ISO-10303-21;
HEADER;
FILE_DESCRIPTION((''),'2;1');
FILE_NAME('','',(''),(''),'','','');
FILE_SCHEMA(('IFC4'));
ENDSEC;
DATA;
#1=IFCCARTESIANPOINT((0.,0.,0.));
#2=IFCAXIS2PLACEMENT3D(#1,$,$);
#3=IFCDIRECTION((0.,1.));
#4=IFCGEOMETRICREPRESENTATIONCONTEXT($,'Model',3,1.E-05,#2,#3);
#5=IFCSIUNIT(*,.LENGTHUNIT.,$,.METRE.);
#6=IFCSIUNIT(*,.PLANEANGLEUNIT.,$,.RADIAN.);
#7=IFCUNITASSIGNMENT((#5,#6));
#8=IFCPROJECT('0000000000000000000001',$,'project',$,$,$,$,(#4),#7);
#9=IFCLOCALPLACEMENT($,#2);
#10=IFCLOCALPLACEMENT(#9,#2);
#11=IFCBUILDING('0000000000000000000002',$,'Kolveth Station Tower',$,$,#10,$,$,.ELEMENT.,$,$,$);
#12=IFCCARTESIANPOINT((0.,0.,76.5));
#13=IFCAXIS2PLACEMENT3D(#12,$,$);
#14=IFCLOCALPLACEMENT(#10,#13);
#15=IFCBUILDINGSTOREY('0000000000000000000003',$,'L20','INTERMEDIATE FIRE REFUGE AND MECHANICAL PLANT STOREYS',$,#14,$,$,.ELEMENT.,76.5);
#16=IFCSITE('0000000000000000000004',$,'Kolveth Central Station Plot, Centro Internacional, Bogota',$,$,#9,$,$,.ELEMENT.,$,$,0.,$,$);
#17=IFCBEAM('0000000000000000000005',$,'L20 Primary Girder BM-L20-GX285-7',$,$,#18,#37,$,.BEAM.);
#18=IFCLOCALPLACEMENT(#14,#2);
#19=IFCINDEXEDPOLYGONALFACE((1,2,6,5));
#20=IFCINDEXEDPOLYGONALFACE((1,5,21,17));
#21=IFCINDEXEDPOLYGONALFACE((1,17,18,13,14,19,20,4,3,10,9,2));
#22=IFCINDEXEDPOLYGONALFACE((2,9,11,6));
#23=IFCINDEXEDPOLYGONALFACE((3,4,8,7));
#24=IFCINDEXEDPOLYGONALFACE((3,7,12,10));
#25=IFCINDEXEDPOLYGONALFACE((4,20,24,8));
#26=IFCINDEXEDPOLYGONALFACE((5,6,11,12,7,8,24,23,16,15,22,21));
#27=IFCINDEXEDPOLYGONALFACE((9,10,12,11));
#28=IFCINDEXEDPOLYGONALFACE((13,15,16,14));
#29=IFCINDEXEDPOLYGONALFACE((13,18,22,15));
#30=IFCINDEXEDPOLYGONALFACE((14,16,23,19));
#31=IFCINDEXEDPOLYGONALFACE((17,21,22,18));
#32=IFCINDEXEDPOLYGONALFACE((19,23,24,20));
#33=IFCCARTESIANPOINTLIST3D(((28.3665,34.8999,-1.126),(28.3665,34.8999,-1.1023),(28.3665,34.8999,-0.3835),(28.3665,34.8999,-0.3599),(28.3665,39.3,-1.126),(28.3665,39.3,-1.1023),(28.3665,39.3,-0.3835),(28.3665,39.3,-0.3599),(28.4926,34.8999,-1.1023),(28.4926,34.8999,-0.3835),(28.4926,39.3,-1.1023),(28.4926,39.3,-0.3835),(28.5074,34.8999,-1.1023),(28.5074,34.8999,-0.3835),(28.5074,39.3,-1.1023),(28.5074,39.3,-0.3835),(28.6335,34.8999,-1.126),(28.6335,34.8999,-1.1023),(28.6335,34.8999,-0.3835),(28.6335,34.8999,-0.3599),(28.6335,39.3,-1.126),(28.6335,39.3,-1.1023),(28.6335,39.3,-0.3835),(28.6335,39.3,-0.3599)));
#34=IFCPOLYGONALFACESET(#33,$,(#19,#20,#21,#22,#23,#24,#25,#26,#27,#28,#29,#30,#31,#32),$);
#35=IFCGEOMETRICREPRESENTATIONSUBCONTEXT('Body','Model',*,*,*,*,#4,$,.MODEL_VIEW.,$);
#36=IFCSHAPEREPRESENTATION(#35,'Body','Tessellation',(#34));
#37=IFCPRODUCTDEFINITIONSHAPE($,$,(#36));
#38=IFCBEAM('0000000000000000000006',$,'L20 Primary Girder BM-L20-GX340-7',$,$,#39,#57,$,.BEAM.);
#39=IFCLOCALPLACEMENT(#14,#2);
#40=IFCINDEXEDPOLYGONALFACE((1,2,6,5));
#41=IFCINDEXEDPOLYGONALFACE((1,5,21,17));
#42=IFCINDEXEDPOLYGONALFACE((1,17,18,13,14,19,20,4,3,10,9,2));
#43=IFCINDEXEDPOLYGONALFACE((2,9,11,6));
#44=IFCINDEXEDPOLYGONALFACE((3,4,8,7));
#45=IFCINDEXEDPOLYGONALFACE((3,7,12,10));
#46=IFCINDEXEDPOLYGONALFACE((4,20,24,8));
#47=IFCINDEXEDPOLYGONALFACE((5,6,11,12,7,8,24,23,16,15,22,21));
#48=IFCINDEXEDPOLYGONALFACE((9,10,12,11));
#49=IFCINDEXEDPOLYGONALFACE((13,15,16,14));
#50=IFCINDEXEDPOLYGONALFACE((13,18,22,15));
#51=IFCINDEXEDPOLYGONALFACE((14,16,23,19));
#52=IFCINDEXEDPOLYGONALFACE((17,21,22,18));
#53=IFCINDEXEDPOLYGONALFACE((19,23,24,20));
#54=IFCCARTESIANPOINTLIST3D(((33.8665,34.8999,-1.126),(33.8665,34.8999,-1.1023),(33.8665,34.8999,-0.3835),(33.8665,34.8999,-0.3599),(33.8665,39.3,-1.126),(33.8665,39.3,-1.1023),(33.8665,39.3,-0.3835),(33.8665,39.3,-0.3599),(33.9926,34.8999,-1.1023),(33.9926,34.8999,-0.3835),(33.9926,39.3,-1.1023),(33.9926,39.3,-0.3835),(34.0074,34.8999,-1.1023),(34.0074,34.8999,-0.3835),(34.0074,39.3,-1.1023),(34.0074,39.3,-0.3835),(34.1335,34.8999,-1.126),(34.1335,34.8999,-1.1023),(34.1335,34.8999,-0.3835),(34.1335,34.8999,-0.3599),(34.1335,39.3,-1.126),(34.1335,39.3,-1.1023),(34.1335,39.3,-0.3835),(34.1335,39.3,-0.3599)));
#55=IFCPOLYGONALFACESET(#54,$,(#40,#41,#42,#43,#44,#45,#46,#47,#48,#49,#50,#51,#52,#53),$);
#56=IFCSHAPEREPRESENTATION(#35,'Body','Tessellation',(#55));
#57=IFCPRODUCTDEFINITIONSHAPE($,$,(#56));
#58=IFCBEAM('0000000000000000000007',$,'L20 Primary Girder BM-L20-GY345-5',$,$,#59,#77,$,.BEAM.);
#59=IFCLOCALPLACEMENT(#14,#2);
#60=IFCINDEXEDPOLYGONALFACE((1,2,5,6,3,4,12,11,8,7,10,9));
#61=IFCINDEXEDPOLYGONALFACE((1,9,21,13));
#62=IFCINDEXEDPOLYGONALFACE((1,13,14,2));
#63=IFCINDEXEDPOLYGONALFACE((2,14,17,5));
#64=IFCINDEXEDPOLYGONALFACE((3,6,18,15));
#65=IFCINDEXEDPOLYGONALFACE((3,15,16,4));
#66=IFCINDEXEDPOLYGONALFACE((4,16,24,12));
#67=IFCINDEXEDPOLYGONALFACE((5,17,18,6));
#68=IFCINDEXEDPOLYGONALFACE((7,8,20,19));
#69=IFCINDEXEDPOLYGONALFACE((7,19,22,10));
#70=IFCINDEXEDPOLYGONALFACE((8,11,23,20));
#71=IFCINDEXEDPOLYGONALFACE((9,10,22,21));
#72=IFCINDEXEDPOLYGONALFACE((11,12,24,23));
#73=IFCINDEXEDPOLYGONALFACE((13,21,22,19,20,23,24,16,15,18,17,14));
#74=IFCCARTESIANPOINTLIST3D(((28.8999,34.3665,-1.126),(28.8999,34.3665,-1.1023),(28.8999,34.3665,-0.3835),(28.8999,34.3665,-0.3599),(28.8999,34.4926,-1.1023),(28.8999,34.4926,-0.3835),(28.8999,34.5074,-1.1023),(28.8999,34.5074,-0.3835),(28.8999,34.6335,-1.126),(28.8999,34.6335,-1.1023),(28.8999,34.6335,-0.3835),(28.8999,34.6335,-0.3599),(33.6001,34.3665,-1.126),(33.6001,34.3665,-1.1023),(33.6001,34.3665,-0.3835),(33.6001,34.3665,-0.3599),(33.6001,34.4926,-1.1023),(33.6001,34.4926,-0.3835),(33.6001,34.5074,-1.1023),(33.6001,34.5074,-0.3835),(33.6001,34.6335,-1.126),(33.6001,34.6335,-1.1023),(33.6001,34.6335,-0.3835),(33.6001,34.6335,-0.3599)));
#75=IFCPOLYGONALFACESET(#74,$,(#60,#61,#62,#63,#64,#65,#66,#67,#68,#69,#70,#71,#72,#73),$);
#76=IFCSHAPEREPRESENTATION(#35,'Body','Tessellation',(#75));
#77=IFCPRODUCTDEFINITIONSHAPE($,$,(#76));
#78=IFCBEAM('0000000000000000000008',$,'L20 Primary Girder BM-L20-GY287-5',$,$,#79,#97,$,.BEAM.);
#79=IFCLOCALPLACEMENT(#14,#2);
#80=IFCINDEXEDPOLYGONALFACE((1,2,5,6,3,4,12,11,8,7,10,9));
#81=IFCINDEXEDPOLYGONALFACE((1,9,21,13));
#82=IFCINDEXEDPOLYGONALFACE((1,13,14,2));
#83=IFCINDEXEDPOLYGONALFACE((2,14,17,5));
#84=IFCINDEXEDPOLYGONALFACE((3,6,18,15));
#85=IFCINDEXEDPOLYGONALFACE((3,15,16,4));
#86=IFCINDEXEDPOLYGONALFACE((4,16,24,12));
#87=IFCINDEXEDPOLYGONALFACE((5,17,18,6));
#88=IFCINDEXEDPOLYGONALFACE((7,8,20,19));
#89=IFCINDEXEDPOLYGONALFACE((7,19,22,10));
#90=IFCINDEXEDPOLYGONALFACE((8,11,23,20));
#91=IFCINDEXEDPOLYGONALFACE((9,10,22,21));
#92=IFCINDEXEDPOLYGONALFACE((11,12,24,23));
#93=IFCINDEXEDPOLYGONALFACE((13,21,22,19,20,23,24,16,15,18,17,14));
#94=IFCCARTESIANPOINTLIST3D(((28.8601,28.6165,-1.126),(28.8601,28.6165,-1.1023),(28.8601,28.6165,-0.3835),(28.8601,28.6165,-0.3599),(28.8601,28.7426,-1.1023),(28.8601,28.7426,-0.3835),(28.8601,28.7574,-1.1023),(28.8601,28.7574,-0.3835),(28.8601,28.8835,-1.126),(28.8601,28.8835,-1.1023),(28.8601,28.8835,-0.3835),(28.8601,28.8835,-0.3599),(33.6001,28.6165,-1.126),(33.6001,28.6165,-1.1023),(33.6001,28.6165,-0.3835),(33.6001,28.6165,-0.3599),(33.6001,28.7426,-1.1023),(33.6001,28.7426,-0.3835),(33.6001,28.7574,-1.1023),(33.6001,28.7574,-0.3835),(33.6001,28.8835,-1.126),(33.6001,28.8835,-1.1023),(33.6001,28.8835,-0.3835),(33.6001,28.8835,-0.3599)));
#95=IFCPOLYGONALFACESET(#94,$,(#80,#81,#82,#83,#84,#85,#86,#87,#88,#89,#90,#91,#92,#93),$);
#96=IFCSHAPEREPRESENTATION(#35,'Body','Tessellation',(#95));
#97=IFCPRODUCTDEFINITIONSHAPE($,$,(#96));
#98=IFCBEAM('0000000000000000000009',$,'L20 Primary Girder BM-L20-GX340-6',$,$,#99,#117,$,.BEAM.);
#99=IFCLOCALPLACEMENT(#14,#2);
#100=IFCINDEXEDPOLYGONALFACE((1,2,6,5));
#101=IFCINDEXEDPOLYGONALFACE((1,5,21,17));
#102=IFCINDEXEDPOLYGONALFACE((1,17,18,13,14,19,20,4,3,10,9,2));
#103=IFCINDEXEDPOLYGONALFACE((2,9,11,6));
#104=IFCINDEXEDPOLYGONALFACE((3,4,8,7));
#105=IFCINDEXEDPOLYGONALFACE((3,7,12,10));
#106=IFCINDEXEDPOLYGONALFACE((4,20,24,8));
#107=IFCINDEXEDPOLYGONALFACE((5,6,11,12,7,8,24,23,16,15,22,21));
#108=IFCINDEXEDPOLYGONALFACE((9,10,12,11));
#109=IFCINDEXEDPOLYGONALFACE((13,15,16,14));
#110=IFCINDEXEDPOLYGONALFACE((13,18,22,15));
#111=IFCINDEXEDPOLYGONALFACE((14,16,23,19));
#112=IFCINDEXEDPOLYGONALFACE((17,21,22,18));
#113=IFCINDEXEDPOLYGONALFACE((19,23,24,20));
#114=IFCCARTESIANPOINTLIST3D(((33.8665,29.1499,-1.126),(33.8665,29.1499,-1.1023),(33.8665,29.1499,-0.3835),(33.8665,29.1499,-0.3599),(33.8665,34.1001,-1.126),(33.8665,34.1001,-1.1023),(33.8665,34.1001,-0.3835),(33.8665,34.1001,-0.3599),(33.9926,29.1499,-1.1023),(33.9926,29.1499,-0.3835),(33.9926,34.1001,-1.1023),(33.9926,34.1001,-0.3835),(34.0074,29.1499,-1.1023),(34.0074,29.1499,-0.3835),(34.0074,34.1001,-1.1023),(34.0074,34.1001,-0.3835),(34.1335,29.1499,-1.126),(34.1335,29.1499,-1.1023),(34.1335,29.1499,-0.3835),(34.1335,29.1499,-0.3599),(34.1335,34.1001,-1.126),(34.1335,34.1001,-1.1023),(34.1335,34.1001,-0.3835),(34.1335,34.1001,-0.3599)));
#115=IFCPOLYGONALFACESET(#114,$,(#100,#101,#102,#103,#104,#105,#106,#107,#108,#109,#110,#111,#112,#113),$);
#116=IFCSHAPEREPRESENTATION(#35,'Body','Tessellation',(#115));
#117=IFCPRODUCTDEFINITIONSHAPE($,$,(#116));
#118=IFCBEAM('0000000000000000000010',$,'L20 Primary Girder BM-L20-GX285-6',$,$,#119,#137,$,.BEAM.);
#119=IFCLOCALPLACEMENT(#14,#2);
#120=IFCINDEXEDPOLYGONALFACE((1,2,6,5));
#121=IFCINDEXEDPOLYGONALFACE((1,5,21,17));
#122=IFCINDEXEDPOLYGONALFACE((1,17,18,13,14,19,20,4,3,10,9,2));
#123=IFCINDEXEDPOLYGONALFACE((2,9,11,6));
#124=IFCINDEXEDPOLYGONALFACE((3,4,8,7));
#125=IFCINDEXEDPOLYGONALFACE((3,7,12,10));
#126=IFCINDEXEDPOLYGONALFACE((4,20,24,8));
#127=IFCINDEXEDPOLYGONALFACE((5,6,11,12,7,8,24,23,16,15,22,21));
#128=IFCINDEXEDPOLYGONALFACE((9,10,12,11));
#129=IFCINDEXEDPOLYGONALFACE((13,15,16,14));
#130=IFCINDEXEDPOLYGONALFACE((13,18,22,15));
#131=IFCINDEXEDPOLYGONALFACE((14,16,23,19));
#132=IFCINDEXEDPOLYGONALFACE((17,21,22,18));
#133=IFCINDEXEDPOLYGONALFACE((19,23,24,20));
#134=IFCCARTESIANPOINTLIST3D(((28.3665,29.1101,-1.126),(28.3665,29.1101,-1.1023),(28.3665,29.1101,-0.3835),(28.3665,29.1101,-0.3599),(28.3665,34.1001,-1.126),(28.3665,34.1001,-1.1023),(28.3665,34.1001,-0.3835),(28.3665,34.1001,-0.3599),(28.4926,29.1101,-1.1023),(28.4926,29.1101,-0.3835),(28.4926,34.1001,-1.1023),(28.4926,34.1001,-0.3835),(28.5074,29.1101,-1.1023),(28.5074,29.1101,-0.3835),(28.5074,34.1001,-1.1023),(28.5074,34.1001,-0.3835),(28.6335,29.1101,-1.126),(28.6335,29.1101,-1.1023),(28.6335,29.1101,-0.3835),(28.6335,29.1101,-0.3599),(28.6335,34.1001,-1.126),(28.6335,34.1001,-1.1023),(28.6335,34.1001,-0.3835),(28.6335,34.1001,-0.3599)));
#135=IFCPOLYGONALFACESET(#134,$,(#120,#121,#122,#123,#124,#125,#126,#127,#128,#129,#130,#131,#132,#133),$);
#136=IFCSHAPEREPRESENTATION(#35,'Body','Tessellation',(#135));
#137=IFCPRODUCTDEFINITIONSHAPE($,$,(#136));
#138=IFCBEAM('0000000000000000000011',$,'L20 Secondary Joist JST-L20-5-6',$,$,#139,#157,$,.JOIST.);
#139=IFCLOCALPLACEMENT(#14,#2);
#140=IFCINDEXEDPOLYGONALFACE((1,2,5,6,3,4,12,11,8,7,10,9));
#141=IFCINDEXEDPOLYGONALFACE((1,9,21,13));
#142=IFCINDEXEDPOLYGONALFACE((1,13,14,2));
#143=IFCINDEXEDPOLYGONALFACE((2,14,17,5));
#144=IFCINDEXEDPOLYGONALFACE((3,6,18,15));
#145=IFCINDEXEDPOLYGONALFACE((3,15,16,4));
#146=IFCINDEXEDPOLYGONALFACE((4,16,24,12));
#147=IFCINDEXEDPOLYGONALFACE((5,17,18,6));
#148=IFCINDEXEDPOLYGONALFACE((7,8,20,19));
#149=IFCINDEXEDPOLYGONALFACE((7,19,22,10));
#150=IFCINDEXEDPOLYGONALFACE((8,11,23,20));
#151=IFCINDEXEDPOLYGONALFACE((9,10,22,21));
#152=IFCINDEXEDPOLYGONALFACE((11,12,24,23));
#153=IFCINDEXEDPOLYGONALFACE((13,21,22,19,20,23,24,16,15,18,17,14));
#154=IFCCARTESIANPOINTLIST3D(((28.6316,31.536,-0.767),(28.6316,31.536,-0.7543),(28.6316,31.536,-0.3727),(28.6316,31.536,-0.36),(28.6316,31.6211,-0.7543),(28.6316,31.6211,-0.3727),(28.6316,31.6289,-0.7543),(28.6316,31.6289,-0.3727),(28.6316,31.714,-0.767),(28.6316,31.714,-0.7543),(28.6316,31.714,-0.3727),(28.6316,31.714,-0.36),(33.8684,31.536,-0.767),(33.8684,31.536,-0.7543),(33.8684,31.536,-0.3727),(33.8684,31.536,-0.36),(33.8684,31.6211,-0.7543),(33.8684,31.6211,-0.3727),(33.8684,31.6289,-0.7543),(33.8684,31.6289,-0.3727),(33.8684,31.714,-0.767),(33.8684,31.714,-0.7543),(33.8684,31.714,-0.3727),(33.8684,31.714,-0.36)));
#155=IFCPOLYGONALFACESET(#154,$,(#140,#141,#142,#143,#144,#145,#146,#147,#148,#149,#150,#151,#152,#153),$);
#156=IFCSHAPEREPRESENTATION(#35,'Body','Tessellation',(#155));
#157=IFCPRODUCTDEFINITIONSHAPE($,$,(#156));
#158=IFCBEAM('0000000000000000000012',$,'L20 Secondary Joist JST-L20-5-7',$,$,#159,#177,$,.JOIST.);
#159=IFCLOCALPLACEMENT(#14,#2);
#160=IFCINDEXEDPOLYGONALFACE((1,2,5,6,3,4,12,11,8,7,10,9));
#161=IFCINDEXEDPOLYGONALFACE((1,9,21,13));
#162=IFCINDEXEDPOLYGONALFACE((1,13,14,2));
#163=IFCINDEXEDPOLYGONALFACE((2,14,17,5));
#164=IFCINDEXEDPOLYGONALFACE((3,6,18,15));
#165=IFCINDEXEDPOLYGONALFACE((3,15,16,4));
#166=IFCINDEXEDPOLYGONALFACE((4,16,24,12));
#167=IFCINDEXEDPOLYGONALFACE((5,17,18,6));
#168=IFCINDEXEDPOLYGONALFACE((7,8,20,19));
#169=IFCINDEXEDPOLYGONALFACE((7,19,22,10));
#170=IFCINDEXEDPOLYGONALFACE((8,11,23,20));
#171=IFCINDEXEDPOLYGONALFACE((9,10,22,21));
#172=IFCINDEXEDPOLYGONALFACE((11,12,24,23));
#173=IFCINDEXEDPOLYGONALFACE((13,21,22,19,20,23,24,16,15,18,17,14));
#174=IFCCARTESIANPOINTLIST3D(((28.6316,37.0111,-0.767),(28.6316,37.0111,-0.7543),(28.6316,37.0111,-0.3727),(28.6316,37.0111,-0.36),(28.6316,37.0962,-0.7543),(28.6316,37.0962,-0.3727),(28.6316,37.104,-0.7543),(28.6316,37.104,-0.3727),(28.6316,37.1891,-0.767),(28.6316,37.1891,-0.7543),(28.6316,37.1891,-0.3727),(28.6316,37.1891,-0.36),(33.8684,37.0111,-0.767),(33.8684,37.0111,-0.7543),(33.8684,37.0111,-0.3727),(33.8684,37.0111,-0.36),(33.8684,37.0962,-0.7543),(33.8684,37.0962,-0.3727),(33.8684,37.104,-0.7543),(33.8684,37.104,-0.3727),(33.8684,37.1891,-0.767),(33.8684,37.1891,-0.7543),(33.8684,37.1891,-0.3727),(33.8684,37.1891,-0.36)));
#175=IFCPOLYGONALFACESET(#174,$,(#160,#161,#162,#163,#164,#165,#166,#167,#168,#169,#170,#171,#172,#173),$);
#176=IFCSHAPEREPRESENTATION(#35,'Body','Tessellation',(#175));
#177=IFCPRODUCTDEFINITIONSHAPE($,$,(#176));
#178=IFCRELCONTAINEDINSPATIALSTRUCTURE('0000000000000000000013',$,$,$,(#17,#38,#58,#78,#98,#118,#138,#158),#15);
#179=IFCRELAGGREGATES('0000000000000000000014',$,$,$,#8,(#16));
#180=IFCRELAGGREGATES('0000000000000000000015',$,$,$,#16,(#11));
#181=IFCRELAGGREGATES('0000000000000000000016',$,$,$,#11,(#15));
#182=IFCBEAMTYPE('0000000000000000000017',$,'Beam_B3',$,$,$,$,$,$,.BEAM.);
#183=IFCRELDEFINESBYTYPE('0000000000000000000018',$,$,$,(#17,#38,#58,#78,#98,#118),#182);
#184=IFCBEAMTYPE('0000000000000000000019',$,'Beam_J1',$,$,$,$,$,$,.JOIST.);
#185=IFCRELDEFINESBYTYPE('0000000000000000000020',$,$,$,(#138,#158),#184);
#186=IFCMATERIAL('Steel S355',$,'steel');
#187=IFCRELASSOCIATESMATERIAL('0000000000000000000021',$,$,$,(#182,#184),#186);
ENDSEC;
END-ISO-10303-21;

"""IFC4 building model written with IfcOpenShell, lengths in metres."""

from ifc_helpers import new_model, si_unit, direction, frame, origin, origin_2d, place, context, subcontext, project, spatial, i_section, extrude, source, transform, mapped, material, material_profile, profile_set, type_object, element, save


model = new_model("IFC4")

# Units and contexts
model_context = context("Model", 3, precision=1e-05, world=origin(), true_north=direction((0.0, 1.0)))
body_context = subcontext(model_context, "Body", "Model", "MODEL_VIEW")
ifc_project = project(units=[si_unit("LENGTHUNIT", "METRE"), si_unit("PLANEANGLEUNIT", "RADIAN")], contexts=[model_context])

# Site, building, storey
site_placement = place(None, origin())
site = spatial("IfcSite", under=ifc_project, at=site_placement, Name="Kolveth Central Station Plot, Centro Internacional, Bogota", CompositionType="ELEMENT", RefElevation=0.0)
building_placement = place(site_placement, origin())
building = spatial("IfcBuilding", under=site, at=building_placement, Name="Kolveth Station Tower", CompositionType="ELEMENT")
storey_placement = place(building_placement, frame((0.0, 0.0, 76.5)))
storey = spatial("IfcBuildingStorey", under=building, at=storey_placement, Name="L20", Description="INTERMEDIATE FIRE REFUGE AND MECHANICAL PLANT STOREYS", CompositionType="ELEMENT", Elevation=76.5)

# Shared definitions
ifc_material_1 = material(Name="Steel S355", Category="steel")

# Beams
ifc_material_profile_1 = material_profile(ifc_material_1, i_section(OverallWidth=0.2671, OverallDepth=0.7661, WebThickness=0.0149, FlangeThickness=0.0237, at=origin_2d()), Name="W760x185")
ifc_profile_set_1 = profile_set([ifc_material_profile_1], Name="Steel S355")
beam_type_1 = type_object("IfcBeamType", Name="Beam_B3", PredefinedType="BEAM", material=ifc_profile_set_1)
shared_shape_1 = source(origin(), body_context, "Body", "SweptSolid", [
    extrude(i_section(OverallWidth=0.2671, OverallDepth=0.7661, WebThickness=0.0149, FlangeThickness=0.0237, at=origin_2d()), origin(), (0.0, 0.0, 1.0), 4.4001),
])
for number, where, z_axis, x_axis, name in (
    (1, (28.5, 34.8999, -0.7429), (0.0, 1.0, 0.0), (-1.0, 0.0, 0.0), "L20 Primary Girder BM-L20-GX285-7"),
    (2, (34.0, 34.8999, -0.7429), (0.0, 1.0, 0.0), (-1.0, 0.0, 0.0), "L20 Primary Girder BM-L20-GX340-7"),
):
    element("IfcBeam", number, at=place(storey_placement, frame(where, z_axis=z_axis, x_axis=x_axis)), inside=storey, type_object=beam_type_1, Name=name, PredefinedType="BEAM", context=body_context, shape_type="MappedRepresentation", body=[
        mapped(shared_shape_1, transform((0.0, 0.0, 0.0), x_axis=(1.0, 0.0, 0.0), y_axis=(0.0, 1.0, 0.0), z_axis=(0.0, 0.0, 1.0), scale=1.0)),
    ])
shared_shape_2 = source(origin(), body_context, "Body", "SweptSolid", [
    extrude(i_section(OverallWidth=0.2671, OverallDepth=0.7661, WebThickness=0.0149, FlangeThickness=0.0237, at=origin_2d()), origin(), (0.0, 0.0, 1.0), 4.7002),
])
beam_1_placement = place(storey_placement, frame((28.8999, 34.5, -0.7429), z_axis=(1.0, 0.0, 0.0), x_axis=(0.0, 1.0, 0.0)))
element("IfcBeam", 3, at=beam_1_placement, inside=storey, type_object=beam_type_1, Name="L20 Primary Girder BM-L20-GY345-5", PredefinedType="BEAM", context=body_context, shape_type="MappedRepresentation", body=[
    mapped(shared_shape_2, transform((0.0, 0.0, 0.0), x_axis=(1.0, 0.0, 0.0), y_axis=(0.0, 1.0, 0.0), z_axis=(0.0, 0.0, 1.0), scale=1.0)),
])
shared_shape_3 = source(origin(), body_context, "Body", "SweptSolid", [
    extrude(i_section(OverallWidth=0.2671, OverallDepth=0.7661, WebThickness=0.0149, FlangeThickness=0.0237, at=origin_2d()), origin(), (0.0, 0.0, 1.0), 4.74),
])
beam_2_placement = place(storey_placement, frame((28.8601, 28.75, -0.7429), z_axis=(1.0, 0.0, 0.0), x_axis=(0.0, 1.0, 0.0)))
element("IfcBeam", 4, at=beam_2_placement, inside=storey, type_object=beam_type_1, Name="L20 Primary Girder BM-L20-GY287-5", PredefinedType="BEAM", context=body_context, shape_type="MappedRepresentation", body=[
    mapped(shared_shape_3, transform((0.0, 0.0, 0.0), x_axis=(1.0, 0.0, 0.0), y_axis=(0.0, 1.0, 0.0), z_axis=(0.0, 0.0, 1.0), scale=1.0)),
])
shared_shape_4 = source(origin(), body_context, "Body", "SweptSolid", [
    extrude(i_section(OverallWidth=0.2671, OverallDepth=0.7661, WebThickness=0.0149, FlangeThickness=0.0237, at=origin_2d()), origin(), (0.0, 0.0, 1.0), 4.9502),
])
beam_3_placement = place(storey_placement, frame((34.0, 29.1499, -0.7429), z_axis=(0.0, 1.0, 0.0), x_axis=(-1.0, 0.0, 0.0)))
element("IfcBeam", 5, at=beam_3_placement, inside=storey, type_object=beam_type_1, Name="L20 Primary Girder BM-L20-GX340-6", PredefinedType="BEAM", context=body_context, shape_type="MappedRepresentation", body=[
    mapped(shared_shape_4, transform((0.0, 0.0, 0.0), x_axis=(1.0, 0.0, 0.0), y_axis=(0.0, 1.0, 0.0), z_axis=(0.0, 0.0, 1.0), scale=1.0)),
])
shared_shape_5 = source(origin(), body_context, "Body", "SweptSolid", [
    extrude(i_section(OverallWidth=0.2671, OverallDepth=0.7661, WebThickness=0.0149, FlangeThickness=0.0237, at=origin_2d()), origin(), (0.0, 0.0, 1.0), 4.99),
])
beam_4_placement = place(storey_placement, frame((28.5, 29.1101, -0.7429), z_axis=(0.0, 1.0, 0.0), x_axis=(-1.0, 0.0, 0.0)))
element("IfcBeam", 6, at=beam_4_placement, inside=storey, type_object=beam_type_1, Name="L20 Primary Girder BM-L20-GX285-6", PredefinedType="BEAM", context=body_context, shape_type="MappedRepresentation", body=[
    mapped(shared_shape_5, transform((0.0, 0.0, 0.0), x_axis=(1.0, 0.0, 0.0), y_axis=(0.0, 1.0, 0.0), z_axis=(0.0, 0.0, 1.0), scale=1.0)),
])
ifc_material_profile_2 = material_profile(ifc_material_1, i_section(OverallWidth=0.178, OverallDepth=0.407, WebThickness=0.0078, FlangeThickness=0.0127, at=origin_2d()), Name="W410x60")
ifc_profile_set_2 = profile_set([ifc_material_profile_2], Name="Steel S355")
beam_type_2 = type_object("IfcBeamType", Name="Beam_J1", PredefinedType="JOIST", material=ifc_profile_set_2)
shared_shape_6 = source(origin(), body_context, "Body", "SweptSolid", [
    extrude(i_section(OverallWidth=0.178, OverallDepth=0.407, WebThickness=0.0078, FlangeThickness=0.0127, at=origin_2d()), origin(), (0.0, 0.0, 1.0), 5.2368),
])
for number, where, z_axis, x_axis, name in (
    (7, (28.6316, 31.625, -0.5635), (1.0, 0.0, 0.0), (0.0, 1.0, 0.0), "L20 Secondary Joist JST-L20-5-6"),
    (8, (28.6316, 37.1001, -0.5635), (1.0, 0.0, 0.0), (0.0, 1.0, 0.0), "L20 Secondary Joist JST-L20-5-7"),
):
    element("IfcBeam", number, at=place(storey_placement, frame(where, z_axis=z_axis, x_axis=x_axis)), inside=storey, type_object=beam_type_2, Name=name, PredefinedType="JOIST", context=body_context, shape_type="MappedRepresentation", body=[
        mapped(shared_shape_6, transform((0.0, 0.0, 0.0), x_axis=(1.0, 0.0, 0.0), y_axis=(0.0, 1.0, 0.0), z_axis=(0.0, 0.0, 1.0), scale=1.0)),
    ])

save(model, "model.ifc")
